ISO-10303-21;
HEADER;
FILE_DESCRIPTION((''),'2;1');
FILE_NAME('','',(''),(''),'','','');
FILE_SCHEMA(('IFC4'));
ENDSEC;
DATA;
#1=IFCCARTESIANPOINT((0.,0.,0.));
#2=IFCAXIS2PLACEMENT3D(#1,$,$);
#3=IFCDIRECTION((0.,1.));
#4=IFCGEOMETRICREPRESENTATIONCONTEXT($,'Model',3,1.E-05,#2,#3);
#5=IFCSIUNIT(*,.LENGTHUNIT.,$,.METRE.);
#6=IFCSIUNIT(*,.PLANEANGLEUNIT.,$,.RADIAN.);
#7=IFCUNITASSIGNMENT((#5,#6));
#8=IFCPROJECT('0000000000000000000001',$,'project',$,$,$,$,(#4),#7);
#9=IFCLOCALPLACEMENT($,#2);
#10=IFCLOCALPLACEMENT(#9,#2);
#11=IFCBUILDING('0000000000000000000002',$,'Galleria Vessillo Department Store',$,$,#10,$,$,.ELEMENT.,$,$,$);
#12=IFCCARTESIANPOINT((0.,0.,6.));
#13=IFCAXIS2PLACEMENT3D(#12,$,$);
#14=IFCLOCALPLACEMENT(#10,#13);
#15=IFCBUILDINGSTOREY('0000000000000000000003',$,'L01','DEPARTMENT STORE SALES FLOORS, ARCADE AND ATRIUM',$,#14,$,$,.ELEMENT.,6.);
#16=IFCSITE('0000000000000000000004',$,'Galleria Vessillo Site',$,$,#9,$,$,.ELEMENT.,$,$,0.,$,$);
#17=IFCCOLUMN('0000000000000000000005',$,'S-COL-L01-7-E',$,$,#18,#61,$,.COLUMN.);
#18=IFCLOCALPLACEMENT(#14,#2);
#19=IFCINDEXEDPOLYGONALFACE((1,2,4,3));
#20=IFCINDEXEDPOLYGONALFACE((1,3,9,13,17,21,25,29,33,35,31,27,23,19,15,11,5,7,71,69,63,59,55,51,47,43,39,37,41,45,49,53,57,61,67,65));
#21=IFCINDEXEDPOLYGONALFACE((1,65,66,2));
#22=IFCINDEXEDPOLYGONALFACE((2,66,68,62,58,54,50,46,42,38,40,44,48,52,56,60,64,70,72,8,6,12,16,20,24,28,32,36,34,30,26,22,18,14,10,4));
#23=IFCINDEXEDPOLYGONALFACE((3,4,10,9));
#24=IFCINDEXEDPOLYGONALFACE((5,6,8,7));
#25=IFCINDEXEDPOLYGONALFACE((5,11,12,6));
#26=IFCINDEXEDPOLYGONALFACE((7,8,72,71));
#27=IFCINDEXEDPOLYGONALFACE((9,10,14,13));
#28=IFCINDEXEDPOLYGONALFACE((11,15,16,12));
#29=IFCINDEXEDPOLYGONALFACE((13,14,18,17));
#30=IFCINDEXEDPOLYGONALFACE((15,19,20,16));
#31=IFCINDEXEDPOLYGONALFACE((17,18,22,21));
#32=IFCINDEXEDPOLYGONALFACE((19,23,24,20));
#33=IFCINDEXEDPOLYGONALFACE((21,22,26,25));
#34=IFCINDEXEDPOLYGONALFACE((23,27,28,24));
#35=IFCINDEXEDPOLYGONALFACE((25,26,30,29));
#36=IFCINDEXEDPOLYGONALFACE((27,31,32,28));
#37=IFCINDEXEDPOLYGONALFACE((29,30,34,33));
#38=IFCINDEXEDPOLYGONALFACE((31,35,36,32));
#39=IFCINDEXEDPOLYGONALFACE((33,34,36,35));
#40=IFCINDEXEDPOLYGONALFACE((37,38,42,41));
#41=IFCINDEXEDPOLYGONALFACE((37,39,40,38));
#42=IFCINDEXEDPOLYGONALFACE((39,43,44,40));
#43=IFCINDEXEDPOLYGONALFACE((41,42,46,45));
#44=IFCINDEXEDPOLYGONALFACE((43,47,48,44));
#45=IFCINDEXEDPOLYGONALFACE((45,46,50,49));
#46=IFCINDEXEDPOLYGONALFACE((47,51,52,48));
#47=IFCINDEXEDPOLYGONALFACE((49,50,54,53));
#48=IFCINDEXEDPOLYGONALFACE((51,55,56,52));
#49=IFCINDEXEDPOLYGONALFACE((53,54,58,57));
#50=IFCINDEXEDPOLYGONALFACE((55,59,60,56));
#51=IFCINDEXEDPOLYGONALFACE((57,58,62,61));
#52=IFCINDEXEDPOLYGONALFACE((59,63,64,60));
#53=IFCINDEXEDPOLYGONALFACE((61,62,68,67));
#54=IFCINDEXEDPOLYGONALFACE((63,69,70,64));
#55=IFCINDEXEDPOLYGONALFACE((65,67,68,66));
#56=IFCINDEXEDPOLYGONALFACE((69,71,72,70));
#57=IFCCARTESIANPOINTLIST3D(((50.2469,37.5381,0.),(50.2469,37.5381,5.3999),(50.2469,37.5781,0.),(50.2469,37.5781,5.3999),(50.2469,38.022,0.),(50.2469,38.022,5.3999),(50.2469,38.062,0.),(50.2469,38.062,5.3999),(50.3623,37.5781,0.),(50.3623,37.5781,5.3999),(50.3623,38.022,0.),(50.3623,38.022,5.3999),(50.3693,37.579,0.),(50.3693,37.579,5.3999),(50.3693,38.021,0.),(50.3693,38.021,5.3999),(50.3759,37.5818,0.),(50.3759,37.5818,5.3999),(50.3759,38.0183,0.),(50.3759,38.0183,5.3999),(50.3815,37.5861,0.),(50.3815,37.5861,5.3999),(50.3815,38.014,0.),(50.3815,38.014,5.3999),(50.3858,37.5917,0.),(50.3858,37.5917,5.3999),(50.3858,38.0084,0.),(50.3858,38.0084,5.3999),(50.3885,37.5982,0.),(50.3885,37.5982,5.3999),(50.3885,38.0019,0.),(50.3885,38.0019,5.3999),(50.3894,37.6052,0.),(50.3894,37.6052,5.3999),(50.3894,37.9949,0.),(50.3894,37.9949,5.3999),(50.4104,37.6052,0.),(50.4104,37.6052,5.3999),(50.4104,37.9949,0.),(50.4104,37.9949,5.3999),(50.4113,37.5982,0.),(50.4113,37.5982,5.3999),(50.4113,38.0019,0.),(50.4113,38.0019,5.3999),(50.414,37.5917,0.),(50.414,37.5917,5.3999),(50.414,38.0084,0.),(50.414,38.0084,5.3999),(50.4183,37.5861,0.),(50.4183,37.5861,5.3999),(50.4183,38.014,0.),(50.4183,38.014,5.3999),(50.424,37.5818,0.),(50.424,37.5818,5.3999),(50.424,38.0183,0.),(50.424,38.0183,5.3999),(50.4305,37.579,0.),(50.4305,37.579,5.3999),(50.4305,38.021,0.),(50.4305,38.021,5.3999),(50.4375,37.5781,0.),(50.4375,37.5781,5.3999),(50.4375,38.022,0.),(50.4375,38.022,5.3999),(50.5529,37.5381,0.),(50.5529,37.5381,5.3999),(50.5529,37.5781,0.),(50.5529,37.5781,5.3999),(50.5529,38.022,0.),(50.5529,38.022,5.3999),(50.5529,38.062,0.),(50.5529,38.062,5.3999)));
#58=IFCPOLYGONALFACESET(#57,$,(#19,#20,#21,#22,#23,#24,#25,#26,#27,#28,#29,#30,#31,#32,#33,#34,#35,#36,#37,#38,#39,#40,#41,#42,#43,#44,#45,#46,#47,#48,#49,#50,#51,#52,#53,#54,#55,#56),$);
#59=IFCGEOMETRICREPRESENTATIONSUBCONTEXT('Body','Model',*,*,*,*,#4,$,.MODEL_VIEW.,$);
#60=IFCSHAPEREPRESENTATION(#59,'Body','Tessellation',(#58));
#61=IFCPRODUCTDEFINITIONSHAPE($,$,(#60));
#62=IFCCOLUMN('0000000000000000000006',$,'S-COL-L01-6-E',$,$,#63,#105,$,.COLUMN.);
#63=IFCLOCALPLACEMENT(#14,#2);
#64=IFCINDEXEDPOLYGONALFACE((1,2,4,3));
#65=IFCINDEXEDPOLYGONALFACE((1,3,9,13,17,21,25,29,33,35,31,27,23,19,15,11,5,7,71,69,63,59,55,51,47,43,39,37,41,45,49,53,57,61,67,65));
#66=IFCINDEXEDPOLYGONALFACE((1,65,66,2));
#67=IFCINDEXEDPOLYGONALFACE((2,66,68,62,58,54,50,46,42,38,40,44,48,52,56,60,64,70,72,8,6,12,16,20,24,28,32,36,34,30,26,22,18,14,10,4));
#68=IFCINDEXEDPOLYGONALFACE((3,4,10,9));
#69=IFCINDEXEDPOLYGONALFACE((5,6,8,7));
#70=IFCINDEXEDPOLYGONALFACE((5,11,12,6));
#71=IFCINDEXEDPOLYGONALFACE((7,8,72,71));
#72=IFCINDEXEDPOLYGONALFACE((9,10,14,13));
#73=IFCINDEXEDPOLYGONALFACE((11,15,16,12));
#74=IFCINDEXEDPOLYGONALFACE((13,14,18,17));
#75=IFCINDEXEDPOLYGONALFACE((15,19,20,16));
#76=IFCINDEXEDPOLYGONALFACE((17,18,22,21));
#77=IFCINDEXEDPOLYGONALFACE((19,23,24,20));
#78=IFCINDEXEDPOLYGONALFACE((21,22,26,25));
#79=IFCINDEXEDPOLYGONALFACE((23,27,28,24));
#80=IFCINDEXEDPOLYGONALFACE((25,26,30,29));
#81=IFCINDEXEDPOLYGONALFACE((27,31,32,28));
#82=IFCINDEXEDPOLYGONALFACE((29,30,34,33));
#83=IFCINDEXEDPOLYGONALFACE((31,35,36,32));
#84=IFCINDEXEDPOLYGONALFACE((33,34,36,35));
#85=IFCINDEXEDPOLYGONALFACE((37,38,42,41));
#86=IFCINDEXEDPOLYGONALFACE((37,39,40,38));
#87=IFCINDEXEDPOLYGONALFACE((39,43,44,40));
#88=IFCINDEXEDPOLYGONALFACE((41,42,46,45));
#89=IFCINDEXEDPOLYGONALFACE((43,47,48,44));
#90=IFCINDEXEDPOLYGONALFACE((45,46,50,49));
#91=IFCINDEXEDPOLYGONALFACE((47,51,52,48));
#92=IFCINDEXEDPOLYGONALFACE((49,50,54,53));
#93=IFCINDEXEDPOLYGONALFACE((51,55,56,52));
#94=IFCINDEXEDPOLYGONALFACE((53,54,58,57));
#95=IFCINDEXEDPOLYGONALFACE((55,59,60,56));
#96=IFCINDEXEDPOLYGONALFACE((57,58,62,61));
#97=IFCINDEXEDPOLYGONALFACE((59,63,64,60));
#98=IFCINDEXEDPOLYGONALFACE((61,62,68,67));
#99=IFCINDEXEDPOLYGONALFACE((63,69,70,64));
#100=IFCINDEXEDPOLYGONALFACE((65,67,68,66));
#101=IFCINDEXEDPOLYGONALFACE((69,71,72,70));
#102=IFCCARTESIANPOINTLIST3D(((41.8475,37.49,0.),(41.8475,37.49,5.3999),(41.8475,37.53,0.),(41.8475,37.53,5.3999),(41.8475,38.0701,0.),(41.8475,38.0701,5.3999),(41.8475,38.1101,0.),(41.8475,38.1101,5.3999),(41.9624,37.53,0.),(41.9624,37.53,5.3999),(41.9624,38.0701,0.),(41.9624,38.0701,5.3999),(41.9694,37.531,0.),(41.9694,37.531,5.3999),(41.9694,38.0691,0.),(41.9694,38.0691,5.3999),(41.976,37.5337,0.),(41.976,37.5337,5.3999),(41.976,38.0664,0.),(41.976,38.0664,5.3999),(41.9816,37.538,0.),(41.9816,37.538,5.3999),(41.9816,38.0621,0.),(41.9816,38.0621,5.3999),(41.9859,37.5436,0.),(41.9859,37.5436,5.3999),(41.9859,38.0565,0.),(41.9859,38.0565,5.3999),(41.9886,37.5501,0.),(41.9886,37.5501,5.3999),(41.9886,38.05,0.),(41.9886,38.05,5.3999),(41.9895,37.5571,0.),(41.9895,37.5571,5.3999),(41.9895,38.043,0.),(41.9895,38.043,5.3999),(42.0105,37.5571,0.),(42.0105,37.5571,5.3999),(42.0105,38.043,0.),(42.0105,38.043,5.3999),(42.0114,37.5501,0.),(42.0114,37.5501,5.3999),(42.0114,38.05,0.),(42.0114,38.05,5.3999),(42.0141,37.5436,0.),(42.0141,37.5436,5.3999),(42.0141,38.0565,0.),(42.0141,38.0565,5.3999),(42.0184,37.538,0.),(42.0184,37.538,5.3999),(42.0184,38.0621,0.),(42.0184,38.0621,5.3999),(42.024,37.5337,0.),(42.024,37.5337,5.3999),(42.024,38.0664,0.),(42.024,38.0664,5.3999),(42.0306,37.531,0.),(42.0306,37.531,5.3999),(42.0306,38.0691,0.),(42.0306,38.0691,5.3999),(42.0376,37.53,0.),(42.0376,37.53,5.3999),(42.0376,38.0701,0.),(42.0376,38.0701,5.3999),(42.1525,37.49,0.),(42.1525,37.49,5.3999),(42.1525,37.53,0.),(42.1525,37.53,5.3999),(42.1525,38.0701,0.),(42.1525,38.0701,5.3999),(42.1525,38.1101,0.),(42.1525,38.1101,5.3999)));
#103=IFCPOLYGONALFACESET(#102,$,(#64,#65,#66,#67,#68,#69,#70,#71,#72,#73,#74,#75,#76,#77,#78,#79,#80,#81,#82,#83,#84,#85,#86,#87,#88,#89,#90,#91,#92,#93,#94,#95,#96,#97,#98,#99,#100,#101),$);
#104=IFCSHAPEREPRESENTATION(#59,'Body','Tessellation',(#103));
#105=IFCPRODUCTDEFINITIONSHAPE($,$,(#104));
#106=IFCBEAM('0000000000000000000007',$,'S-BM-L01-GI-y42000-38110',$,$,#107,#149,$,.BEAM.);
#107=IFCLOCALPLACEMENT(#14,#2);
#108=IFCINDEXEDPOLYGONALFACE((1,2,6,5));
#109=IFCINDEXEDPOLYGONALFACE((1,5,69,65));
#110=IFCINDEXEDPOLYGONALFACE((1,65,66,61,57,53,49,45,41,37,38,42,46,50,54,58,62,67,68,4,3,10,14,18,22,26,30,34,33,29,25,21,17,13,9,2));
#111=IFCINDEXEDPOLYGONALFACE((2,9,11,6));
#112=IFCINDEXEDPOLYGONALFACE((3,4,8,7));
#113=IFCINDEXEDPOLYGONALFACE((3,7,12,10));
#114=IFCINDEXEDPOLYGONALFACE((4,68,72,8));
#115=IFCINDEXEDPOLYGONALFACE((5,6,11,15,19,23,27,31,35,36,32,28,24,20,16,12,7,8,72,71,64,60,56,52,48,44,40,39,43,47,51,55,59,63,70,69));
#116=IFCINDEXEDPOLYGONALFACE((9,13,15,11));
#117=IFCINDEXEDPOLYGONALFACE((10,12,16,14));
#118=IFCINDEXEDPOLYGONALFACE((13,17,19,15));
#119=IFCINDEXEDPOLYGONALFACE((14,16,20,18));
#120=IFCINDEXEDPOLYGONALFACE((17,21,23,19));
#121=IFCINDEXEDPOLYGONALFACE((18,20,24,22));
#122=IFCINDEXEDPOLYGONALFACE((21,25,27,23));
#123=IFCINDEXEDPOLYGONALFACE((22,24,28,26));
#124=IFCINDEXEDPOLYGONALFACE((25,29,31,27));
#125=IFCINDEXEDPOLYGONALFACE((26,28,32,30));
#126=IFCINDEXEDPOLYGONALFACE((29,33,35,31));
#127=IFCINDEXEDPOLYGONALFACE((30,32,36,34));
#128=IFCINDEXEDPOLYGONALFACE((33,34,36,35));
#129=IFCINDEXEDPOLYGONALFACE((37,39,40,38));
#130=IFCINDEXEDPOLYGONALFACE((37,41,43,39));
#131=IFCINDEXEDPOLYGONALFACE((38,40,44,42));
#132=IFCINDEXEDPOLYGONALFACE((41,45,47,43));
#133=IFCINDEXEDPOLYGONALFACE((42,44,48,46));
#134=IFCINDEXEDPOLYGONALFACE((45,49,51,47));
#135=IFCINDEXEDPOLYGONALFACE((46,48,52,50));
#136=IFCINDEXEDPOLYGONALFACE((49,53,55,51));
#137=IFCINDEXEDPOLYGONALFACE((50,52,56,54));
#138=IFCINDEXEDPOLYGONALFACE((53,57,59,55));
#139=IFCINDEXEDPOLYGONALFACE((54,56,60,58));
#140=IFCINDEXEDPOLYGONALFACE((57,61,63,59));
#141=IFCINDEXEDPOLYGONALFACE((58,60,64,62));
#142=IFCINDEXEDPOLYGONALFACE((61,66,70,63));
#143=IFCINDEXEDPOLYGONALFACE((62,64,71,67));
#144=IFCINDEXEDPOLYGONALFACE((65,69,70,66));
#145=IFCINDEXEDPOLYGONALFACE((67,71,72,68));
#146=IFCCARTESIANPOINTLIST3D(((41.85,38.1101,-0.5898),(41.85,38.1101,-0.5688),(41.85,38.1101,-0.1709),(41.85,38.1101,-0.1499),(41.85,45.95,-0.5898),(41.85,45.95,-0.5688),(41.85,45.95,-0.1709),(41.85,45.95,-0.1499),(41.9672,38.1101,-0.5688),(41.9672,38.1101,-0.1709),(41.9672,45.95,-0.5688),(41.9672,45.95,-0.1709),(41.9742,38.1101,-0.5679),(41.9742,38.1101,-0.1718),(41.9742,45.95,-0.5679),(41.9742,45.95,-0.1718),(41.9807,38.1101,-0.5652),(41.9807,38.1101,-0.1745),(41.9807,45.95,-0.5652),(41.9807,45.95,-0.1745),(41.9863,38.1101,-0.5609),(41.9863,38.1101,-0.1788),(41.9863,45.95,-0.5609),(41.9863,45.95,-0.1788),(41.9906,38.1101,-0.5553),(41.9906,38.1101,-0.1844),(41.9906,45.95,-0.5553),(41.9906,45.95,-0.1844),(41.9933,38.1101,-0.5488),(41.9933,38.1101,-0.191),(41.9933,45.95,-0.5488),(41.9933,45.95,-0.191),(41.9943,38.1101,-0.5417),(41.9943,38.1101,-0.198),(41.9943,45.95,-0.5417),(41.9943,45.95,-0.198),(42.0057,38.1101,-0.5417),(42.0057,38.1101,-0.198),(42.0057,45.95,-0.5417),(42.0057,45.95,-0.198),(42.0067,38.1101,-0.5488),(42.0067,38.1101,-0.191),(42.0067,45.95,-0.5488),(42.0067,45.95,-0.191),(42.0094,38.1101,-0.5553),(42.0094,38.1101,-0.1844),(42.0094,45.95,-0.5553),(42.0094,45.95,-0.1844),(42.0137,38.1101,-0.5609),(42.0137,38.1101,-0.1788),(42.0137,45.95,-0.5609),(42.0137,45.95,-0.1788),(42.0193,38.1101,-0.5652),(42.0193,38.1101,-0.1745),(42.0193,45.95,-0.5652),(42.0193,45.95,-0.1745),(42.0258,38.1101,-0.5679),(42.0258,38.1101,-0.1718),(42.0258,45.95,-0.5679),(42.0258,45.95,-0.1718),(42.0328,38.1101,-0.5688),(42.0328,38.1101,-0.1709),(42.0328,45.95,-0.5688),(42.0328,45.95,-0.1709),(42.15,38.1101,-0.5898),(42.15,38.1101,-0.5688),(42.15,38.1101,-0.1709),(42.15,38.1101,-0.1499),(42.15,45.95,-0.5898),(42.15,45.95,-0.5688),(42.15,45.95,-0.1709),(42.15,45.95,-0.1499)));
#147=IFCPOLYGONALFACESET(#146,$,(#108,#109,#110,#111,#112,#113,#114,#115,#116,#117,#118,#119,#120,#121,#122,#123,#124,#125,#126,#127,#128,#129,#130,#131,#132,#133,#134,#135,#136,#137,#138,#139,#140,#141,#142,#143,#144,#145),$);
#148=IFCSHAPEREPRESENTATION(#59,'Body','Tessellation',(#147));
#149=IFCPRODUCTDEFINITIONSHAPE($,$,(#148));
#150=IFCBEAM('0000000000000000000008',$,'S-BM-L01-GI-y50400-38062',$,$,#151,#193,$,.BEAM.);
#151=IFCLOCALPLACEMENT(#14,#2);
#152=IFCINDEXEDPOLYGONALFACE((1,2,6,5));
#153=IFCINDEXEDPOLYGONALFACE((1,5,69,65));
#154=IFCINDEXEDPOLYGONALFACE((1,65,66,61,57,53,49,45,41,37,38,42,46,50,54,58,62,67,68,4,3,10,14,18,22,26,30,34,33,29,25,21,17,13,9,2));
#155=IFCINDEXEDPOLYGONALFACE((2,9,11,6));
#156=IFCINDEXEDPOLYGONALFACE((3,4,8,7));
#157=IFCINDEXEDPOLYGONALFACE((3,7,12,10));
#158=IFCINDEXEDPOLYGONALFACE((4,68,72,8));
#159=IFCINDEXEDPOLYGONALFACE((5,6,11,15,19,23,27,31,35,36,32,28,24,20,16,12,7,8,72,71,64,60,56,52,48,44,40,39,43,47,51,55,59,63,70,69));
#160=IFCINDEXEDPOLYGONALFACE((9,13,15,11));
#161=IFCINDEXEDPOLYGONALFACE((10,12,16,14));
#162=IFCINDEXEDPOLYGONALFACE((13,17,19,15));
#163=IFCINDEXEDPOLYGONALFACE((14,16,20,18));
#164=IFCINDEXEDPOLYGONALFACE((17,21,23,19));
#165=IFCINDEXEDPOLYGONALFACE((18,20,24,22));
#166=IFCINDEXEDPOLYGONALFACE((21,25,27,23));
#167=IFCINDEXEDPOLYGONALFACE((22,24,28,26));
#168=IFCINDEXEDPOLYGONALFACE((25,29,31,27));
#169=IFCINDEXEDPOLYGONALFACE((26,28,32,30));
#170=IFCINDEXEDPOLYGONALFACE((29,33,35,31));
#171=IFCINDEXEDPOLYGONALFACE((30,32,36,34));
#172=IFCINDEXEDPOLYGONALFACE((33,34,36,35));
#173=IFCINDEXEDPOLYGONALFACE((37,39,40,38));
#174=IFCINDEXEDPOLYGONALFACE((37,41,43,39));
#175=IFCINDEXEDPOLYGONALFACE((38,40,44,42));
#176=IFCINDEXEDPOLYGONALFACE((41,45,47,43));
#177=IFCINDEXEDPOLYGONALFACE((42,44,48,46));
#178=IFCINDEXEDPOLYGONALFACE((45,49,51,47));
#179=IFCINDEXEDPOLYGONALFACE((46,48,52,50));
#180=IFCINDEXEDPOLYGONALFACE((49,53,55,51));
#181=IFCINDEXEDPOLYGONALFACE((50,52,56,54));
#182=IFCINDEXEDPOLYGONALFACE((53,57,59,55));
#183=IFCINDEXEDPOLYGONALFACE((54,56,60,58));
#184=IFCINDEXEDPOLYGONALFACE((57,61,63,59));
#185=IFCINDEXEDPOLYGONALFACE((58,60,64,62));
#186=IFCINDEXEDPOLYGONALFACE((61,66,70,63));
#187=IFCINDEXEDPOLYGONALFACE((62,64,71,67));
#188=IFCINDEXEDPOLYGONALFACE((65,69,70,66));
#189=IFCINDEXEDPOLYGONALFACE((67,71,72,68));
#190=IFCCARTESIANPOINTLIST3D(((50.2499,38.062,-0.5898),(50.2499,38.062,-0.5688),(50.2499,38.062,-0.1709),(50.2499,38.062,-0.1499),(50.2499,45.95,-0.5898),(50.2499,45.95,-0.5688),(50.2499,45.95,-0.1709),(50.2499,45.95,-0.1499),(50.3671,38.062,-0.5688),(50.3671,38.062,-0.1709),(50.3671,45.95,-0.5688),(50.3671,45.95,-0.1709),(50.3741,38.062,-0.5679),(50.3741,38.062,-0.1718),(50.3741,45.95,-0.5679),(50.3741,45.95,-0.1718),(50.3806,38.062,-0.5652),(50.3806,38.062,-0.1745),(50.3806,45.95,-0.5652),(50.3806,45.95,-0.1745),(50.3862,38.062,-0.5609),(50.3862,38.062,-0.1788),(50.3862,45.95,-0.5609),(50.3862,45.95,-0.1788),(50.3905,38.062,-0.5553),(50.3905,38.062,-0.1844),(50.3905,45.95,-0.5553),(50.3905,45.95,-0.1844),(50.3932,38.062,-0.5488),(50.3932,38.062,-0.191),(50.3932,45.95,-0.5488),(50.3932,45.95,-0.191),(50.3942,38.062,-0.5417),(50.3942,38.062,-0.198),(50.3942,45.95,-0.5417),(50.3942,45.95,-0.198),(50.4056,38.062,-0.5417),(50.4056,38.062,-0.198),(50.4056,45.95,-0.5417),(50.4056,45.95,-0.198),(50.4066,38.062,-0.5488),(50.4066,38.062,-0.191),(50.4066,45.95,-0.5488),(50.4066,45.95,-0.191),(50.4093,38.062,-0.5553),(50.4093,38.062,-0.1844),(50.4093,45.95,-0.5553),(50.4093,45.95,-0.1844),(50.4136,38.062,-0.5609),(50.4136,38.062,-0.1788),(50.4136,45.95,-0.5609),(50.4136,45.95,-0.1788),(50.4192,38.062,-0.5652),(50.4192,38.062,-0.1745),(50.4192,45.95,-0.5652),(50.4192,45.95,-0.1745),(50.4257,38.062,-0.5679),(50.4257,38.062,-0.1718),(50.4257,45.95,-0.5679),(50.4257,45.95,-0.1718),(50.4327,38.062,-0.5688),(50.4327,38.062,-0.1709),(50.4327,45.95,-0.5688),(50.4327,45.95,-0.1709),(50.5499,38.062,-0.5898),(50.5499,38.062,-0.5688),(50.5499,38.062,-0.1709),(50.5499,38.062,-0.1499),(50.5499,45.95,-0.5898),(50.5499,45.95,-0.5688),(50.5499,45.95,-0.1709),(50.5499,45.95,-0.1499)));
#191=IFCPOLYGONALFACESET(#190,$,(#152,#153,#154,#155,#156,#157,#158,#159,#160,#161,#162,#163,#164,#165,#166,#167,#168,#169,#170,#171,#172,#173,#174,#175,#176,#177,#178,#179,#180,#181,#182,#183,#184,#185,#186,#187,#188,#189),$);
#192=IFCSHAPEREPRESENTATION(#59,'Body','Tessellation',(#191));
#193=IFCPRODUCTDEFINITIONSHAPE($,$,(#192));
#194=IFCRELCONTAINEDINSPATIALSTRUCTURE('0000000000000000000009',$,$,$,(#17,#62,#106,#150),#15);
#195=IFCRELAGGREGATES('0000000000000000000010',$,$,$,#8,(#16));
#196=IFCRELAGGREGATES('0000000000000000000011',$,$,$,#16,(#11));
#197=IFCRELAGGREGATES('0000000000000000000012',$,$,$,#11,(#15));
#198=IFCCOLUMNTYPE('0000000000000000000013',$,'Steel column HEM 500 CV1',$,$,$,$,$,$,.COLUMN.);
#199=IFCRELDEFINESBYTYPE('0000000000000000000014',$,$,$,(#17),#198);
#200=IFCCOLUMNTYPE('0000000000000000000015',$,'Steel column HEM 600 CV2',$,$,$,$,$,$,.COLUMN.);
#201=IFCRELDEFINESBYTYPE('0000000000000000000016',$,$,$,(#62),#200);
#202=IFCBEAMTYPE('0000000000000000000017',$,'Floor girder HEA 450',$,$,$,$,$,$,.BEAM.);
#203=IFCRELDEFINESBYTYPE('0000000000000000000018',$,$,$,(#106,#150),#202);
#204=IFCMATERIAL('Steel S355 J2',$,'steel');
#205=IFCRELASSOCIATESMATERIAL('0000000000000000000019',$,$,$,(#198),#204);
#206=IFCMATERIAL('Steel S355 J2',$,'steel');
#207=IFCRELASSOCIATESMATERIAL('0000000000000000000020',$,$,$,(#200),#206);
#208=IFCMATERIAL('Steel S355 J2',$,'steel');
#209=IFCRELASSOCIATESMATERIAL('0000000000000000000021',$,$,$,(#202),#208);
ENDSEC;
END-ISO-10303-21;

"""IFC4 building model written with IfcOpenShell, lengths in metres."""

from ifc_helpers import new_model, si_unit, direction, frame, origin, origin_2d, place, context, subcontext, project, spatial, i_section, extrude, material, material_profile, profile_set, type_object, element, save


model = new_model("IFC4")

# Units and contexts
model_context = context("Model", 3, precision=1e-05, world=origin(), true_north=direction((0.0, 1.0)))
body_context = subcontext(model_context, "Body", "Model", "MODEL_VIEW")
ifc_project = project(units=[si_unit("LENGTHUNIT", "METRE"), si_unit("PLANEANGLEUNIT", "RADIAN")], contexts=[model_context])

# Site, building, storey
site_placement = place(None, origin())
site = spatial("IfcSite", under=ifc_project, at=site_placement, Name="Galleria Vessillo Site", CompositionType="ELEMENT", RefElevation=0.0)
building_placement = place(site_placement, origin())
building = spatial("IfcBuilding", under=site, at=building_placement, Name="Galleria Vessillo Department Store", CompositionType="ELEMENT")
storey_placement = place(building_placement, frame((0.0, 0.0, 6.0)))
storey = spatial("IfcBuildingStorey", under=building, at=storey_placement, Name="L01", Description="DEPARTMENT STORE SALES FLOORS, ARCADE AND ATRIUM", CompositionType="ELEMENT", Elevation=6.0)

# Columns
ifc_material_1 = material(Name="Steel S355 J2", Category="steel")
ifc_material_profile_1 = material_profile(ifc_material_1, i_section(OverallWidth=0.3059, OverallDepth=0.5239, WebThickness=0.021, FlangeThickness=0.04, FilletRadius=0.0271, at=origin_2d()), Name="HEM 500")
ifc_profile_set_1 = profile_set([ifc_material_profile_1], Name="Steel S355 J2")
column_type_1 = type_object("IfcColumnType", Name="Steel column HEM 500 CV1", PredefinedType="COLUMN", material=ifc_profile_set_1)
column_1_placement = place(storey_placement, frame((50.3999, 37.8, 0.0), z_axis=(0.0, 0.0, 1.0), x_axis=(1.0, 0.0, 0.0)))
element("IfcColumn", 1, at=column_1_placement, inside=storey, type_object=column_type_1, Name="S-COL-L01-7-E", PredefinedType="COLUMN", context=body_context, shape_type="SweptSolid", body=[
    extrude(i_section(OverallWidth=0.3059, OverallDepth=0.5239, WebThickness=0.021, FlangeThickness=0.04, FilletRadius=0.0271, at=origin_2d()), origin(), (0.0, 0.0, 1.0), 5.3999),
])
ifc_material_2 = material(Name="Steel S355 J2", Category="steel")
ifc_material_profile_2 = material_profile(ifc_material_2, i_section(OverallWidth=0.3049, OverallDepth=0.6201, WebThickness=0.021, FlangeThickness=0.04, FilletRadius=0.0271, at=origin_2d()), Name="HEM 600")
ifc_profile_set_2 = profile_set([ifc_material_profile_2], Name="Steel S355 J2")
column_type_2 = type_object("IfcColumnType", Name="Steel column HEM 600 CV2", PredefinedType="COLUMN", material=ifc_profile_set_2)
column_2_placement = place(storey_placement, frame((42.0, 37.8, 0.0), z_axis=(0.0, 0.0, 1.0), x_axis=(1.0, 0.0, 0.0)))
element("IfcColumn", 2, at=column_2_placement, inside=storey, type_object=column_type_2, Name="S-COL-L01-6-E", PredefinedType="COLUMN", context=body_context, shape_type="SweptSolid", body=[
    extrude(i_section(OverallWidth=0.3049, OverallDepth=0.6201, WebThickness=0.021, FlangeThickness=0.04, FilletRadius=0.0271, at=origin_2d()), origin(), (0.0, 0.0, 1.0), 5.3999),
])

# Beams
ifc_material_3 = material(Name="Steel S355 J2", Category="steel")
ifc_material_profile_3 = material_profile(ifc_material_3, i_section(OverallWidth=0.3, OverallDepth=0.4399, WebThickness=0.0115, FlangeThickness=0.021, FilletRadius=0.0271, at=origin_2d()), Name="HEA 450")
ifc_profile_set_3 = profile_set([ifc_material_profile_3], Name="Steel S355 J2")
beam_type_1 = type_object("IfcBeamType", Name="Floor girder HEA 450", PredefinedType="BEAM", material=ifc_profile_set_3)
beam_1_placement = place(storey_placement, frame((42.0, 38.1101, -0.3699), z_axis=(0.0, 1.0, 0.0), x_axis=(-1.0, 0.0, 0.0)))
element("IfcBeam", 3, at=beam_1_placement, inside=storey, type_object=beam_type_1, Name="S-BM-L01-GI-y42000-38110", PredefinedType="BEAM", context=body_context, shape_type="SweptSolid", body=[
    extrude(i_section(OverallWidth=0.3, OverallDepth=0.4399, WebThickness=0.0115, FlangeThickness=0.021, FilletRadius=0.0271, at=origin_2d()), origin(), (0.0, 0.0, 1.0), 7.8398),
])
beam_2_placement = place(storey_placement, frame((50.3999, 38.062, -0.3699), z_axis=(0.0, 1.0, 0.0), x_axis=(-1.0, 0.0, 0.0)))
element("IfcBeam", 4, at=beam_2_placement, inside=storey, type_object=beam_type_1, Name="S-BM-L01-GI-y50400-38062", PredefinedType="BEAM", context=body_context, shape_type="SweptSolid", body=[
    extrude(i_section(OverallWidth=0.3, OverallDepth=0.4399, WebThickness=0.0115, FlangeThickness=0.021, FilletRadius=0.0271, at=origin_2d()), origin(), (0.0, 0.0, 1.0), 7.8879),
])

save(model, "model.ifc")
